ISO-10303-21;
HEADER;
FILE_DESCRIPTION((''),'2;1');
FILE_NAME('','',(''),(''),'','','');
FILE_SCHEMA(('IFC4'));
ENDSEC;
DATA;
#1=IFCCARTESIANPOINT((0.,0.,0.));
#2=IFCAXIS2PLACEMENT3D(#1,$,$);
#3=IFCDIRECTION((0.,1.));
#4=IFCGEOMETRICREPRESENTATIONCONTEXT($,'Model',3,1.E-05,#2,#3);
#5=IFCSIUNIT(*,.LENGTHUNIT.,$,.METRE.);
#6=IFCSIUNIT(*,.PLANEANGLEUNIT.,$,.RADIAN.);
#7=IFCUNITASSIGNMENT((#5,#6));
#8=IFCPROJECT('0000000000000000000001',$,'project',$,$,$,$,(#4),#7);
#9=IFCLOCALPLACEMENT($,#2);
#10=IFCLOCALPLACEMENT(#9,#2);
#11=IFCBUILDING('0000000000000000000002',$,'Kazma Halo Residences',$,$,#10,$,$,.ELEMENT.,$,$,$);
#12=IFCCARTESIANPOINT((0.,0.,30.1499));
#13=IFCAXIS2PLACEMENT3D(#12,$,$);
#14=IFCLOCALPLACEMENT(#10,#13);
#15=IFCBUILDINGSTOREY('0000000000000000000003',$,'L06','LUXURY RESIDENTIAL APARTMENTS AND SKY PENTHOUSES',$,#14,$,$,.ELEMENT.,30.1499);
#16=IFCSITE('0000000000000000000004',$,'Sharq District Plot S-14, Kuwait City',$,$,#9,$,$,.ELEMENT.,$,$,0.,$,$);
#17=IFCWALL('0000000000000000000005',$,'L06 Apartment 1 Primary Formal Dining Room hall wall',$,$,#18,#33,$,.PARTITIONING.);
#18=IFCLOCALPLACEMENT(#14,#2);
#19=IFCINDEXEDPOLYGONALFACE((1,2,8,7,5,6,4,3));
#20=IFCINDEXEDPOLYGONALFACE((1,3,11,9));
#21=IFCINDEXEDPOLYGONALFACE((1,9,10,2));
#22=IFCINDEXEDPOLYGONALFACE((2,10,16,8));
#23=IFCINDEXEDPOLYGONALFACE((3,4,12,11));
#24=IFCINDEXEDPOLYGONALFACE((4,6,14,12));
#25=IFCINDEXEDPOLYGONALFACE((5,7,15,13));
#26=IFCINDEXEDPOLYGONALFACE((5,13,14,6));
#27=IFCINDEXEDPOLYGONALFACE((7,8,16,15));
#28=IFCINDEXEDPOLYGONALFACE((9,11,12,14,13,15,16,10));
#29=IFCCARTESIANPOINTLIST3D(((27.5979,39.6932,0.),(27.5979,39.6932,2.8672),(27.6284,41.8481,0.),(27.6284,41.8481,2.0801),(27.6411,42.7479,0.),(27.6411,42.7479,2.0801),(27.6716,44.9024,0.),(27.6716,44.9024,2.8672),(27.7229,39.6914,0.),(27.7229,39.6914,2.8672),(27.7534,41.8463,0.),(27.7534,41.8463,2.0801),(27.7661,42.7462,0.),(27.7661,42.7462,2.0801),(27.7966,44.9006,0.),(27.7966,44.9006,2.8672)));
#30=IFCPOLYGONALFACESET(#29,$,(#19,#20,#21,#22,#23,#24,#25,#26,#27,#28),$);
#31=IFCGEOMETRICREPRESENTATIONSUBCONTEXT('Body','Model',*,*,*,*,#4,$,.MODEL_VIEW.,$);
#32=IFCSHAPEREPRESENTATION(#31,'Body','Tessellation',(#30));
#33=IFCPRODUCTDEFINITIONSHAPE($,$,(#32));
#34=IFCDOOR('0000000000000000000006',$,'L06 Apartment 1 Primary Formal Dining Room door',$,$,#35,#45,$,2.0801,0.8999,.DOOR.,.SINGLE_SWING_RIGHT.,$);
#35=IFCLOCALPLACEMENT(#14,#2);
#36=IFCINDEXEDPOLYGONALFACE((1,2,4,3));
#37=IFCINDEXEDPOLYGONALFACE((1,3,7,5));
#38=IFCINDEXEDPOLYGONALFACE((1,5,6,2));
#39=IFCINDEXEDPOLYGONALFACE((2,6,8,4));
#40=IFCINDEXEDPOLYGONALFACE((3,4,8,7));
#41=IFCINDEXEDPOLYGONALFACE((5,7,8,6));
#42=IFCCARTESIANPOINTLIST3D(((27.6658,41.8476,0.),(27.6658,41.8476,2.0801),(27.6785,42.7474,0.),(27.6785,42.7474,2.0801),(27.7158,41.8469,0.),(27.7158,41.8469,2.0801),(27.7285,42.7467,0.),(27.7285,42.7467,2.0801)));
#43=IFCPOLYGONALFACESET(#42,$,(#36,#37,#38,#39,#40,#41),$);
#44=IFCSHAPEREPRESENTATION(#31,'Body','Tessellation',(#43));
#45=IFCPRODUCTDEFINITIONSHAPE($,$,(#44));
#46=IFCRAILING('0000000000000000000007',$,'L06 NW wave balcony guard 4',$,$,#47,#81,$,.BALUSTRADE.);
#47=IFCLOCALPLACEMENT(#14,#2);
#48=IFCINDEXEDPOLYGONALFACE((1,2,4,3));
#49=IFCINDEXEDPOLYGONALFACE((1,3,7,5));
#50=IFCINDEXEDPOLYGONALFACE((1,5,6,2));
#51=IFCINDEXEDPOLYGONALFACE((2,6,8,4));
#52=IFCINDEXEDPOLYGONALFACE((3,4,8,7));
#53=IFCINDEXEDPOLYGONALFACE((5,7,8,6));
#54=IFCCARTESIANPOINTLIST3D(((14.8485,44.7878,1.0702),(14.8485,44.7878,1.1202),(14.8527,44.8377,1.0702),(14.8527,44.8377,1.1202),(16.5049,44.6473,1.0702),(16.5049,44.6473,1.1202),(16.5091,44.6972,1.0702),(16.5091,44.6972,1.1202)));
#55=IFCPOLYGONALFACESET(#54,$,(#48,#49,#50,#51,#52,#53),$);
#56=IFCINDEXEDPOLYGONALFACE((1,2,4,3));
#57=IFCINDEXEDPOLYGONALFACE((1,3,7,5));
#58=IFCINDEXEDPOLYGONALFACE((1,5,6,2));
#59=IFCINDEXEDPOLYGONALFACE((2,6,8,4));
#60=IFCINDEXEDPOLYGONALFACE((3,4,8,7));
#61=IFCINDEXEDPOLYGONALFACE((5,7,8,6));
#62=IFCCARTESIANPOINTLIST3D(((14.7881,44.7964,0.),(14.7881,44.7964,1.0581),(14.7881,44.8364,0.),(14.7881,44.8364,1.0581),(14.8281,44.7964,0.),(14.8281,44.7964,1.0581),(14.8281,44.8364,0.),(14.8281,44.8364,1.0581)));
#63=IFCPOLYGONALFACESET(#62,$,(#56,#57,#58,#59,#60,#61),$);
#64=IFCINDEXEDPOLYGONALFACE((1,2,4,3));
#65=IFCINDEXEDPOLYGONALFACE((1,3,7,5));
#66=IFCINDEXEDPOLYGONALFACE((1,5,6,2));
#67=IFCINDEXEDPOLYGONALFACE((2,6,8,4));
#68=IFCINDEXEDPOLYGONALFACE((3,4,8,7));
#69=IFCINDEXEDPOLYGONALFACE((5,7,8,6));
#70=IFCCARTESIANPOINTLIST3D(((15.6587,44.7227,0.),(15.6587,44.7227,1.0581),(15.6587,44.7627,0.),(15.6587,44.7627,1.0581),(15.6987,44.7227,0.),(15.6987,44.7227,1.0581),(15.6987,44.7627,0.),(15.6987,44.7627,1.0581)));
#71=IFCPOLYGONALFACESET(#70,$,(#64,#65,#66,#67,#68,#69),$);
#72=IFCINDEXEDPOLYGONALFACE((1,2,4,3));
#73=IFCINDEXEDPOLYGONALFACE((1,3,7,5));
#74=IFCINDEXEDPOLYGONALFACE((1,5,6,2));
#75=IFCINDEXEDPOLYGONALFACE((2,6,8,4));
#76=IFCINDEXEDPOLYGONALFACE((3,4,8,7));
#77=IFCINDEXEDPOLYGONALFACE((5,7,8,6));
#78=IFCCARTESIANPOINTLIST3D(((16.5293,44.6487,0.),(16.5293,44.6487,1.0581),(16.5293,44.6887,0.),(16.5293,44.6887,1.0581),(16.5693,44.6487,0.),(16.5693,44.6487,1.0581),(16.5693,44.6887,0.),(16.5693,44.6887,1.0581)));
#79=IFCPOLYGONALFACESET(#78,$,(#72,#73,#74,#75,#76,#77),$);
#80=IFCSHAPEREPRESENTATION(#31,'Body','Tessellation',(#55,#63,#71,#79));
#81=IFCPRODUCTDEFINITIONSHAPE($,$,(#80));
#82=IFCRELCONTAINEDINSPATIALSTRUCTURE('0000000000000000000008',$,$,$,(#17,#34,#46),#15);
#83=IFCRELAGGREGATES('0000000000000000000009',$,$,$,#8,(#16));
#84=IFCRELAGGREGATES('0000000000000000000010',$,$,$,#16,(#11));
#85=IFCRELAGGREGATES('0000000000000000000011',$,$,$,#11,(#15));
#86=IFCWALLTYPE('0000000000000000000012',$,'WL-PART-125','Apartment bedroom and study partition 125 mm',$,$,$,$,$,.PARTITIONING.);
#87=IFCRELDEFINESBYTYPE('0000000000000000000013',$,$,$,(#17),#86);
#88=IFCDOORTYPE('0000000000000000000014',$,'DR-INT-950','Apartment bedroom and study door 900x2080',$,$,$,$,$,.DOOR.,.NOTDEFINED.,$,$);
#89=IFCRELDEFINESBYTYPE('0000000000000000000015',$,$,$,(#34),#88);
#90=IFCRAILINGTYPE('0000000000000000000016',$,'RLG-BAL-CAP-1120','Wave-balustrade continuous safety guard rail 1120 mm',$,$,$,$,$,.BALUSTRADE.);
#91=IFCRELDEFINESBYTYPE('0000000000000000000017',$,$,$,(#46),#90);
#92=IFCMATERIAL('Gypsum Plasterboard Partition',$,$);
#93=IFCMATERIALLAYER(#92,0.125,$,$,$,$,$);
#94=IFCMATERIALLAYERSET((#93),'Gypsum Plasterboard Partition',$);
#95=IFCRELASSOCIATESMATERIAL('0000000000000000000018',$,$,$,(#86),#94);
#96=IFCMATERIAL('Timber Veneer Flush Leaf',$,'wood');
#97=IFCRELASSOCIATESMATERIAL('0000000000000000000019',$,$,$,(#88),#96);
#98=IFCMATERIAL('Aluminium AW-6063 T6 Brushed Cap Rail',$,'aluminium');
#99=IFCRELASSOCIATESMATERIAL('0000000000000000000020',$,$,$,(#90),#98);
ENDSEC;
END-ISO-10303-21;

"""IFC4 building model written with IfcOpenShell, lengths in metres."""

from ifc_helpers import new_model, si_unit, direction, frame, frame_2d, origin, origin_2d, place, context, subcontext, project, spatial, rectangle, extrude, material, layer, layer_set, type_object, element, fill, save


model = new_model("IFC4")

# Units and contexts
model_context = context("Model", 3, precision=1e-05, world=origin(), true_north=direction((0.0, 1.0)))
body_context = subcontext(model_context, "Body", "Model", "MODEL_VIEW")
ifc_project = project(units=[si_unit("LENGTHUNIT", "METRE"), si_unit("PLANEANGLEUNIT", "RADIAN")], contexts=[model_context])

# Site, building, storey
site_placement = place(None, origin())
site = spatial("IfcSite", under=ifc_project, at=site_placement, Name="Sharq District Plot S-14, Kuwait City", CompositionType="ELEMENT", RefElevation=0.0)
building_placement = place(site_placement, origin())
building = spatial("IfcBuilding", under=site, at=building_placement, Name="Kazma Halo Residences", CompositionType="ELEMENT")
storey_placement = place(building_placement, frame((0.0, 0.0, 30.1499)))
storey = spatial("IfcBuildingStorey", under=building, at=storey_placement, Name="L06", Description="LUXURY RESIDENTIAL APARTMENTS AND SKY PENTHOUSES", CompositionType="ELEMENT", Elevation=30.1499)

# Shared definitions
ifc_material_1 = material(Name="Gypsum Plasterboard Partition")
ifc_layer_1 = layer(ifc_material_1, 0.125)
ifc_layer_set_1 = layer_set([ifc_layer_1], Name="Gypsum Plasterboard Partition")
wall_type_1 = type_object("IfcWallType", Name="WL-PART-125", Description="Apartment bedroom and study partition 125 mm", PredefinedType="PARTITIONING", material=ifc_layer_set_1)

# Wall, opening, door
wall_1_placement = place(storey_placement, frame((27.7341, 44.9016, 0.0), z_axis=(0.0, 0.0, 1.0), x_axis=(-0.014152, -0.9999, 0.0)))
wall_1 = element("IfcWall", 1, at=wall_1_placement, inside=storey, type_object=wall_type_1, Name="L06 Apartment 1 Primary Formal Dining Room hall wall", PredefinedType="PARTITIONING", context=body_context, shape_type="SweptSolid", body=[
    extrude(rectangle(XDim=5.2097, YDim=0.125, at=frame_2d((2.605, 0.0))), origin(), (0.0, 0.0, 1.0), 2.8672),
])
opening_1_placement = place(wall_1_placement, frame((2.1548, 0.0, 0.0)))
opening_1 = element("IfcOpeningElement", 2, at=opening_1_placement, cuts=wall_1, PredefinedType="OPENING", context=body_context, shape_type="SweptSolid", body=[
    extrude(rectangle(XDim=0.8999, YDim=2.0801, at=frame_2d((0.45, 1.04))), frame((0.0, 0.0725, 0.0), z_axis=(0.0, -1.0, 0.0), x_axis=(1.0, 0.0, 0.0)), (0.0, 0.0, 1.0), 0.145),
])
ifc_material_2 = material(Name="Timber Veneer Flush Leaf", Category="wood")
door_type_1 = type_object("IfcDoorType", Name="DR-INT-950", Description="Apartment bedroom and study door 900x2080", OperationType="NOTDEFINED", PredefinedType="DOOR", material=ifc_material_2)
door_1_placement = place(opening_1_placement, origin())
door_1 = element("IfcDoor", 3, at=door_1_placement, inside=storey, type_object=door_type_1, Name="L06 Apartment 1 Primary Formal Dining Room door", OperationType="SINGLE_SWING_RIGHT", OverallHeight=2.0801, OverallWidth=0.8999, PredefinedType="DOOR", context=body_context, shape_type="SweptSolid", body=[
    extrude(rectangle(XDim=0.8999, YDim=2.0801, at=frame_2d((0.45, 1.04))), frame((0.0, 0.0249, 0.0), z_axis=(0.0, -1.0, 0.0), x_axis=(1.0, 0.0, 0.0)), (0.0, 0.0, 1.0), 0.05),
])
fill(opening_1, door_1)

# Railing
ifc_material_3 = material(Name="Aluminium AW-6063 T6 Brushed Cap Rail", Category="aluminium")
railing_type = type_object("IfcRailingType", Name="RLG-BAL-CAP-1120", Description="Wave-balustrade continuous safety guard rail 1120 mm", PredefinedType="BALUSTRADE", material=ifc_material_3)
railing_placement = place(storey_placement, frame((14.8081, 44.8164, 0.0)))
element("IfcRailing", 4, at=railing_placement, inside=storey, type_object=railing_type, Name="L06 NW wave balcony guard 4", PredefinedType="BALUSTRADE", context=body_context, shape_type="SweptSolid", body=[
    extrude(rectangle(XDim=0.05, YDim=0.05, at=origin_2d()), frame((0.0425, -0.0037, 1.0952), z_axis=(0.996421, -0.084525, 0.0), x_axis=(0.084525, 0.996421, 0.0)), (0.0, 0.0, 1.0), 1.6624),
    extrude(rectangle(XDim=0.04, YDim=0.04, at=origin_2d()), origin(), (0.0, 0.0, 1.0), 1.0581),
    extrude(rectangle(XDim=0.04, YDim=0.04, at=origin_2d()), frame((0.8706, -0.0737, 0.0)), (0.0, 0.0, 1.0), 1.0581),
    extrude(rectangle(XDim=0.04, YDim=0.04, at=origin_2d()), frame((1.7412, -0.1477, 0.0)), (0.0, 0.0, 1.0), 1.0581),
])

save(model, "model.ifc")
